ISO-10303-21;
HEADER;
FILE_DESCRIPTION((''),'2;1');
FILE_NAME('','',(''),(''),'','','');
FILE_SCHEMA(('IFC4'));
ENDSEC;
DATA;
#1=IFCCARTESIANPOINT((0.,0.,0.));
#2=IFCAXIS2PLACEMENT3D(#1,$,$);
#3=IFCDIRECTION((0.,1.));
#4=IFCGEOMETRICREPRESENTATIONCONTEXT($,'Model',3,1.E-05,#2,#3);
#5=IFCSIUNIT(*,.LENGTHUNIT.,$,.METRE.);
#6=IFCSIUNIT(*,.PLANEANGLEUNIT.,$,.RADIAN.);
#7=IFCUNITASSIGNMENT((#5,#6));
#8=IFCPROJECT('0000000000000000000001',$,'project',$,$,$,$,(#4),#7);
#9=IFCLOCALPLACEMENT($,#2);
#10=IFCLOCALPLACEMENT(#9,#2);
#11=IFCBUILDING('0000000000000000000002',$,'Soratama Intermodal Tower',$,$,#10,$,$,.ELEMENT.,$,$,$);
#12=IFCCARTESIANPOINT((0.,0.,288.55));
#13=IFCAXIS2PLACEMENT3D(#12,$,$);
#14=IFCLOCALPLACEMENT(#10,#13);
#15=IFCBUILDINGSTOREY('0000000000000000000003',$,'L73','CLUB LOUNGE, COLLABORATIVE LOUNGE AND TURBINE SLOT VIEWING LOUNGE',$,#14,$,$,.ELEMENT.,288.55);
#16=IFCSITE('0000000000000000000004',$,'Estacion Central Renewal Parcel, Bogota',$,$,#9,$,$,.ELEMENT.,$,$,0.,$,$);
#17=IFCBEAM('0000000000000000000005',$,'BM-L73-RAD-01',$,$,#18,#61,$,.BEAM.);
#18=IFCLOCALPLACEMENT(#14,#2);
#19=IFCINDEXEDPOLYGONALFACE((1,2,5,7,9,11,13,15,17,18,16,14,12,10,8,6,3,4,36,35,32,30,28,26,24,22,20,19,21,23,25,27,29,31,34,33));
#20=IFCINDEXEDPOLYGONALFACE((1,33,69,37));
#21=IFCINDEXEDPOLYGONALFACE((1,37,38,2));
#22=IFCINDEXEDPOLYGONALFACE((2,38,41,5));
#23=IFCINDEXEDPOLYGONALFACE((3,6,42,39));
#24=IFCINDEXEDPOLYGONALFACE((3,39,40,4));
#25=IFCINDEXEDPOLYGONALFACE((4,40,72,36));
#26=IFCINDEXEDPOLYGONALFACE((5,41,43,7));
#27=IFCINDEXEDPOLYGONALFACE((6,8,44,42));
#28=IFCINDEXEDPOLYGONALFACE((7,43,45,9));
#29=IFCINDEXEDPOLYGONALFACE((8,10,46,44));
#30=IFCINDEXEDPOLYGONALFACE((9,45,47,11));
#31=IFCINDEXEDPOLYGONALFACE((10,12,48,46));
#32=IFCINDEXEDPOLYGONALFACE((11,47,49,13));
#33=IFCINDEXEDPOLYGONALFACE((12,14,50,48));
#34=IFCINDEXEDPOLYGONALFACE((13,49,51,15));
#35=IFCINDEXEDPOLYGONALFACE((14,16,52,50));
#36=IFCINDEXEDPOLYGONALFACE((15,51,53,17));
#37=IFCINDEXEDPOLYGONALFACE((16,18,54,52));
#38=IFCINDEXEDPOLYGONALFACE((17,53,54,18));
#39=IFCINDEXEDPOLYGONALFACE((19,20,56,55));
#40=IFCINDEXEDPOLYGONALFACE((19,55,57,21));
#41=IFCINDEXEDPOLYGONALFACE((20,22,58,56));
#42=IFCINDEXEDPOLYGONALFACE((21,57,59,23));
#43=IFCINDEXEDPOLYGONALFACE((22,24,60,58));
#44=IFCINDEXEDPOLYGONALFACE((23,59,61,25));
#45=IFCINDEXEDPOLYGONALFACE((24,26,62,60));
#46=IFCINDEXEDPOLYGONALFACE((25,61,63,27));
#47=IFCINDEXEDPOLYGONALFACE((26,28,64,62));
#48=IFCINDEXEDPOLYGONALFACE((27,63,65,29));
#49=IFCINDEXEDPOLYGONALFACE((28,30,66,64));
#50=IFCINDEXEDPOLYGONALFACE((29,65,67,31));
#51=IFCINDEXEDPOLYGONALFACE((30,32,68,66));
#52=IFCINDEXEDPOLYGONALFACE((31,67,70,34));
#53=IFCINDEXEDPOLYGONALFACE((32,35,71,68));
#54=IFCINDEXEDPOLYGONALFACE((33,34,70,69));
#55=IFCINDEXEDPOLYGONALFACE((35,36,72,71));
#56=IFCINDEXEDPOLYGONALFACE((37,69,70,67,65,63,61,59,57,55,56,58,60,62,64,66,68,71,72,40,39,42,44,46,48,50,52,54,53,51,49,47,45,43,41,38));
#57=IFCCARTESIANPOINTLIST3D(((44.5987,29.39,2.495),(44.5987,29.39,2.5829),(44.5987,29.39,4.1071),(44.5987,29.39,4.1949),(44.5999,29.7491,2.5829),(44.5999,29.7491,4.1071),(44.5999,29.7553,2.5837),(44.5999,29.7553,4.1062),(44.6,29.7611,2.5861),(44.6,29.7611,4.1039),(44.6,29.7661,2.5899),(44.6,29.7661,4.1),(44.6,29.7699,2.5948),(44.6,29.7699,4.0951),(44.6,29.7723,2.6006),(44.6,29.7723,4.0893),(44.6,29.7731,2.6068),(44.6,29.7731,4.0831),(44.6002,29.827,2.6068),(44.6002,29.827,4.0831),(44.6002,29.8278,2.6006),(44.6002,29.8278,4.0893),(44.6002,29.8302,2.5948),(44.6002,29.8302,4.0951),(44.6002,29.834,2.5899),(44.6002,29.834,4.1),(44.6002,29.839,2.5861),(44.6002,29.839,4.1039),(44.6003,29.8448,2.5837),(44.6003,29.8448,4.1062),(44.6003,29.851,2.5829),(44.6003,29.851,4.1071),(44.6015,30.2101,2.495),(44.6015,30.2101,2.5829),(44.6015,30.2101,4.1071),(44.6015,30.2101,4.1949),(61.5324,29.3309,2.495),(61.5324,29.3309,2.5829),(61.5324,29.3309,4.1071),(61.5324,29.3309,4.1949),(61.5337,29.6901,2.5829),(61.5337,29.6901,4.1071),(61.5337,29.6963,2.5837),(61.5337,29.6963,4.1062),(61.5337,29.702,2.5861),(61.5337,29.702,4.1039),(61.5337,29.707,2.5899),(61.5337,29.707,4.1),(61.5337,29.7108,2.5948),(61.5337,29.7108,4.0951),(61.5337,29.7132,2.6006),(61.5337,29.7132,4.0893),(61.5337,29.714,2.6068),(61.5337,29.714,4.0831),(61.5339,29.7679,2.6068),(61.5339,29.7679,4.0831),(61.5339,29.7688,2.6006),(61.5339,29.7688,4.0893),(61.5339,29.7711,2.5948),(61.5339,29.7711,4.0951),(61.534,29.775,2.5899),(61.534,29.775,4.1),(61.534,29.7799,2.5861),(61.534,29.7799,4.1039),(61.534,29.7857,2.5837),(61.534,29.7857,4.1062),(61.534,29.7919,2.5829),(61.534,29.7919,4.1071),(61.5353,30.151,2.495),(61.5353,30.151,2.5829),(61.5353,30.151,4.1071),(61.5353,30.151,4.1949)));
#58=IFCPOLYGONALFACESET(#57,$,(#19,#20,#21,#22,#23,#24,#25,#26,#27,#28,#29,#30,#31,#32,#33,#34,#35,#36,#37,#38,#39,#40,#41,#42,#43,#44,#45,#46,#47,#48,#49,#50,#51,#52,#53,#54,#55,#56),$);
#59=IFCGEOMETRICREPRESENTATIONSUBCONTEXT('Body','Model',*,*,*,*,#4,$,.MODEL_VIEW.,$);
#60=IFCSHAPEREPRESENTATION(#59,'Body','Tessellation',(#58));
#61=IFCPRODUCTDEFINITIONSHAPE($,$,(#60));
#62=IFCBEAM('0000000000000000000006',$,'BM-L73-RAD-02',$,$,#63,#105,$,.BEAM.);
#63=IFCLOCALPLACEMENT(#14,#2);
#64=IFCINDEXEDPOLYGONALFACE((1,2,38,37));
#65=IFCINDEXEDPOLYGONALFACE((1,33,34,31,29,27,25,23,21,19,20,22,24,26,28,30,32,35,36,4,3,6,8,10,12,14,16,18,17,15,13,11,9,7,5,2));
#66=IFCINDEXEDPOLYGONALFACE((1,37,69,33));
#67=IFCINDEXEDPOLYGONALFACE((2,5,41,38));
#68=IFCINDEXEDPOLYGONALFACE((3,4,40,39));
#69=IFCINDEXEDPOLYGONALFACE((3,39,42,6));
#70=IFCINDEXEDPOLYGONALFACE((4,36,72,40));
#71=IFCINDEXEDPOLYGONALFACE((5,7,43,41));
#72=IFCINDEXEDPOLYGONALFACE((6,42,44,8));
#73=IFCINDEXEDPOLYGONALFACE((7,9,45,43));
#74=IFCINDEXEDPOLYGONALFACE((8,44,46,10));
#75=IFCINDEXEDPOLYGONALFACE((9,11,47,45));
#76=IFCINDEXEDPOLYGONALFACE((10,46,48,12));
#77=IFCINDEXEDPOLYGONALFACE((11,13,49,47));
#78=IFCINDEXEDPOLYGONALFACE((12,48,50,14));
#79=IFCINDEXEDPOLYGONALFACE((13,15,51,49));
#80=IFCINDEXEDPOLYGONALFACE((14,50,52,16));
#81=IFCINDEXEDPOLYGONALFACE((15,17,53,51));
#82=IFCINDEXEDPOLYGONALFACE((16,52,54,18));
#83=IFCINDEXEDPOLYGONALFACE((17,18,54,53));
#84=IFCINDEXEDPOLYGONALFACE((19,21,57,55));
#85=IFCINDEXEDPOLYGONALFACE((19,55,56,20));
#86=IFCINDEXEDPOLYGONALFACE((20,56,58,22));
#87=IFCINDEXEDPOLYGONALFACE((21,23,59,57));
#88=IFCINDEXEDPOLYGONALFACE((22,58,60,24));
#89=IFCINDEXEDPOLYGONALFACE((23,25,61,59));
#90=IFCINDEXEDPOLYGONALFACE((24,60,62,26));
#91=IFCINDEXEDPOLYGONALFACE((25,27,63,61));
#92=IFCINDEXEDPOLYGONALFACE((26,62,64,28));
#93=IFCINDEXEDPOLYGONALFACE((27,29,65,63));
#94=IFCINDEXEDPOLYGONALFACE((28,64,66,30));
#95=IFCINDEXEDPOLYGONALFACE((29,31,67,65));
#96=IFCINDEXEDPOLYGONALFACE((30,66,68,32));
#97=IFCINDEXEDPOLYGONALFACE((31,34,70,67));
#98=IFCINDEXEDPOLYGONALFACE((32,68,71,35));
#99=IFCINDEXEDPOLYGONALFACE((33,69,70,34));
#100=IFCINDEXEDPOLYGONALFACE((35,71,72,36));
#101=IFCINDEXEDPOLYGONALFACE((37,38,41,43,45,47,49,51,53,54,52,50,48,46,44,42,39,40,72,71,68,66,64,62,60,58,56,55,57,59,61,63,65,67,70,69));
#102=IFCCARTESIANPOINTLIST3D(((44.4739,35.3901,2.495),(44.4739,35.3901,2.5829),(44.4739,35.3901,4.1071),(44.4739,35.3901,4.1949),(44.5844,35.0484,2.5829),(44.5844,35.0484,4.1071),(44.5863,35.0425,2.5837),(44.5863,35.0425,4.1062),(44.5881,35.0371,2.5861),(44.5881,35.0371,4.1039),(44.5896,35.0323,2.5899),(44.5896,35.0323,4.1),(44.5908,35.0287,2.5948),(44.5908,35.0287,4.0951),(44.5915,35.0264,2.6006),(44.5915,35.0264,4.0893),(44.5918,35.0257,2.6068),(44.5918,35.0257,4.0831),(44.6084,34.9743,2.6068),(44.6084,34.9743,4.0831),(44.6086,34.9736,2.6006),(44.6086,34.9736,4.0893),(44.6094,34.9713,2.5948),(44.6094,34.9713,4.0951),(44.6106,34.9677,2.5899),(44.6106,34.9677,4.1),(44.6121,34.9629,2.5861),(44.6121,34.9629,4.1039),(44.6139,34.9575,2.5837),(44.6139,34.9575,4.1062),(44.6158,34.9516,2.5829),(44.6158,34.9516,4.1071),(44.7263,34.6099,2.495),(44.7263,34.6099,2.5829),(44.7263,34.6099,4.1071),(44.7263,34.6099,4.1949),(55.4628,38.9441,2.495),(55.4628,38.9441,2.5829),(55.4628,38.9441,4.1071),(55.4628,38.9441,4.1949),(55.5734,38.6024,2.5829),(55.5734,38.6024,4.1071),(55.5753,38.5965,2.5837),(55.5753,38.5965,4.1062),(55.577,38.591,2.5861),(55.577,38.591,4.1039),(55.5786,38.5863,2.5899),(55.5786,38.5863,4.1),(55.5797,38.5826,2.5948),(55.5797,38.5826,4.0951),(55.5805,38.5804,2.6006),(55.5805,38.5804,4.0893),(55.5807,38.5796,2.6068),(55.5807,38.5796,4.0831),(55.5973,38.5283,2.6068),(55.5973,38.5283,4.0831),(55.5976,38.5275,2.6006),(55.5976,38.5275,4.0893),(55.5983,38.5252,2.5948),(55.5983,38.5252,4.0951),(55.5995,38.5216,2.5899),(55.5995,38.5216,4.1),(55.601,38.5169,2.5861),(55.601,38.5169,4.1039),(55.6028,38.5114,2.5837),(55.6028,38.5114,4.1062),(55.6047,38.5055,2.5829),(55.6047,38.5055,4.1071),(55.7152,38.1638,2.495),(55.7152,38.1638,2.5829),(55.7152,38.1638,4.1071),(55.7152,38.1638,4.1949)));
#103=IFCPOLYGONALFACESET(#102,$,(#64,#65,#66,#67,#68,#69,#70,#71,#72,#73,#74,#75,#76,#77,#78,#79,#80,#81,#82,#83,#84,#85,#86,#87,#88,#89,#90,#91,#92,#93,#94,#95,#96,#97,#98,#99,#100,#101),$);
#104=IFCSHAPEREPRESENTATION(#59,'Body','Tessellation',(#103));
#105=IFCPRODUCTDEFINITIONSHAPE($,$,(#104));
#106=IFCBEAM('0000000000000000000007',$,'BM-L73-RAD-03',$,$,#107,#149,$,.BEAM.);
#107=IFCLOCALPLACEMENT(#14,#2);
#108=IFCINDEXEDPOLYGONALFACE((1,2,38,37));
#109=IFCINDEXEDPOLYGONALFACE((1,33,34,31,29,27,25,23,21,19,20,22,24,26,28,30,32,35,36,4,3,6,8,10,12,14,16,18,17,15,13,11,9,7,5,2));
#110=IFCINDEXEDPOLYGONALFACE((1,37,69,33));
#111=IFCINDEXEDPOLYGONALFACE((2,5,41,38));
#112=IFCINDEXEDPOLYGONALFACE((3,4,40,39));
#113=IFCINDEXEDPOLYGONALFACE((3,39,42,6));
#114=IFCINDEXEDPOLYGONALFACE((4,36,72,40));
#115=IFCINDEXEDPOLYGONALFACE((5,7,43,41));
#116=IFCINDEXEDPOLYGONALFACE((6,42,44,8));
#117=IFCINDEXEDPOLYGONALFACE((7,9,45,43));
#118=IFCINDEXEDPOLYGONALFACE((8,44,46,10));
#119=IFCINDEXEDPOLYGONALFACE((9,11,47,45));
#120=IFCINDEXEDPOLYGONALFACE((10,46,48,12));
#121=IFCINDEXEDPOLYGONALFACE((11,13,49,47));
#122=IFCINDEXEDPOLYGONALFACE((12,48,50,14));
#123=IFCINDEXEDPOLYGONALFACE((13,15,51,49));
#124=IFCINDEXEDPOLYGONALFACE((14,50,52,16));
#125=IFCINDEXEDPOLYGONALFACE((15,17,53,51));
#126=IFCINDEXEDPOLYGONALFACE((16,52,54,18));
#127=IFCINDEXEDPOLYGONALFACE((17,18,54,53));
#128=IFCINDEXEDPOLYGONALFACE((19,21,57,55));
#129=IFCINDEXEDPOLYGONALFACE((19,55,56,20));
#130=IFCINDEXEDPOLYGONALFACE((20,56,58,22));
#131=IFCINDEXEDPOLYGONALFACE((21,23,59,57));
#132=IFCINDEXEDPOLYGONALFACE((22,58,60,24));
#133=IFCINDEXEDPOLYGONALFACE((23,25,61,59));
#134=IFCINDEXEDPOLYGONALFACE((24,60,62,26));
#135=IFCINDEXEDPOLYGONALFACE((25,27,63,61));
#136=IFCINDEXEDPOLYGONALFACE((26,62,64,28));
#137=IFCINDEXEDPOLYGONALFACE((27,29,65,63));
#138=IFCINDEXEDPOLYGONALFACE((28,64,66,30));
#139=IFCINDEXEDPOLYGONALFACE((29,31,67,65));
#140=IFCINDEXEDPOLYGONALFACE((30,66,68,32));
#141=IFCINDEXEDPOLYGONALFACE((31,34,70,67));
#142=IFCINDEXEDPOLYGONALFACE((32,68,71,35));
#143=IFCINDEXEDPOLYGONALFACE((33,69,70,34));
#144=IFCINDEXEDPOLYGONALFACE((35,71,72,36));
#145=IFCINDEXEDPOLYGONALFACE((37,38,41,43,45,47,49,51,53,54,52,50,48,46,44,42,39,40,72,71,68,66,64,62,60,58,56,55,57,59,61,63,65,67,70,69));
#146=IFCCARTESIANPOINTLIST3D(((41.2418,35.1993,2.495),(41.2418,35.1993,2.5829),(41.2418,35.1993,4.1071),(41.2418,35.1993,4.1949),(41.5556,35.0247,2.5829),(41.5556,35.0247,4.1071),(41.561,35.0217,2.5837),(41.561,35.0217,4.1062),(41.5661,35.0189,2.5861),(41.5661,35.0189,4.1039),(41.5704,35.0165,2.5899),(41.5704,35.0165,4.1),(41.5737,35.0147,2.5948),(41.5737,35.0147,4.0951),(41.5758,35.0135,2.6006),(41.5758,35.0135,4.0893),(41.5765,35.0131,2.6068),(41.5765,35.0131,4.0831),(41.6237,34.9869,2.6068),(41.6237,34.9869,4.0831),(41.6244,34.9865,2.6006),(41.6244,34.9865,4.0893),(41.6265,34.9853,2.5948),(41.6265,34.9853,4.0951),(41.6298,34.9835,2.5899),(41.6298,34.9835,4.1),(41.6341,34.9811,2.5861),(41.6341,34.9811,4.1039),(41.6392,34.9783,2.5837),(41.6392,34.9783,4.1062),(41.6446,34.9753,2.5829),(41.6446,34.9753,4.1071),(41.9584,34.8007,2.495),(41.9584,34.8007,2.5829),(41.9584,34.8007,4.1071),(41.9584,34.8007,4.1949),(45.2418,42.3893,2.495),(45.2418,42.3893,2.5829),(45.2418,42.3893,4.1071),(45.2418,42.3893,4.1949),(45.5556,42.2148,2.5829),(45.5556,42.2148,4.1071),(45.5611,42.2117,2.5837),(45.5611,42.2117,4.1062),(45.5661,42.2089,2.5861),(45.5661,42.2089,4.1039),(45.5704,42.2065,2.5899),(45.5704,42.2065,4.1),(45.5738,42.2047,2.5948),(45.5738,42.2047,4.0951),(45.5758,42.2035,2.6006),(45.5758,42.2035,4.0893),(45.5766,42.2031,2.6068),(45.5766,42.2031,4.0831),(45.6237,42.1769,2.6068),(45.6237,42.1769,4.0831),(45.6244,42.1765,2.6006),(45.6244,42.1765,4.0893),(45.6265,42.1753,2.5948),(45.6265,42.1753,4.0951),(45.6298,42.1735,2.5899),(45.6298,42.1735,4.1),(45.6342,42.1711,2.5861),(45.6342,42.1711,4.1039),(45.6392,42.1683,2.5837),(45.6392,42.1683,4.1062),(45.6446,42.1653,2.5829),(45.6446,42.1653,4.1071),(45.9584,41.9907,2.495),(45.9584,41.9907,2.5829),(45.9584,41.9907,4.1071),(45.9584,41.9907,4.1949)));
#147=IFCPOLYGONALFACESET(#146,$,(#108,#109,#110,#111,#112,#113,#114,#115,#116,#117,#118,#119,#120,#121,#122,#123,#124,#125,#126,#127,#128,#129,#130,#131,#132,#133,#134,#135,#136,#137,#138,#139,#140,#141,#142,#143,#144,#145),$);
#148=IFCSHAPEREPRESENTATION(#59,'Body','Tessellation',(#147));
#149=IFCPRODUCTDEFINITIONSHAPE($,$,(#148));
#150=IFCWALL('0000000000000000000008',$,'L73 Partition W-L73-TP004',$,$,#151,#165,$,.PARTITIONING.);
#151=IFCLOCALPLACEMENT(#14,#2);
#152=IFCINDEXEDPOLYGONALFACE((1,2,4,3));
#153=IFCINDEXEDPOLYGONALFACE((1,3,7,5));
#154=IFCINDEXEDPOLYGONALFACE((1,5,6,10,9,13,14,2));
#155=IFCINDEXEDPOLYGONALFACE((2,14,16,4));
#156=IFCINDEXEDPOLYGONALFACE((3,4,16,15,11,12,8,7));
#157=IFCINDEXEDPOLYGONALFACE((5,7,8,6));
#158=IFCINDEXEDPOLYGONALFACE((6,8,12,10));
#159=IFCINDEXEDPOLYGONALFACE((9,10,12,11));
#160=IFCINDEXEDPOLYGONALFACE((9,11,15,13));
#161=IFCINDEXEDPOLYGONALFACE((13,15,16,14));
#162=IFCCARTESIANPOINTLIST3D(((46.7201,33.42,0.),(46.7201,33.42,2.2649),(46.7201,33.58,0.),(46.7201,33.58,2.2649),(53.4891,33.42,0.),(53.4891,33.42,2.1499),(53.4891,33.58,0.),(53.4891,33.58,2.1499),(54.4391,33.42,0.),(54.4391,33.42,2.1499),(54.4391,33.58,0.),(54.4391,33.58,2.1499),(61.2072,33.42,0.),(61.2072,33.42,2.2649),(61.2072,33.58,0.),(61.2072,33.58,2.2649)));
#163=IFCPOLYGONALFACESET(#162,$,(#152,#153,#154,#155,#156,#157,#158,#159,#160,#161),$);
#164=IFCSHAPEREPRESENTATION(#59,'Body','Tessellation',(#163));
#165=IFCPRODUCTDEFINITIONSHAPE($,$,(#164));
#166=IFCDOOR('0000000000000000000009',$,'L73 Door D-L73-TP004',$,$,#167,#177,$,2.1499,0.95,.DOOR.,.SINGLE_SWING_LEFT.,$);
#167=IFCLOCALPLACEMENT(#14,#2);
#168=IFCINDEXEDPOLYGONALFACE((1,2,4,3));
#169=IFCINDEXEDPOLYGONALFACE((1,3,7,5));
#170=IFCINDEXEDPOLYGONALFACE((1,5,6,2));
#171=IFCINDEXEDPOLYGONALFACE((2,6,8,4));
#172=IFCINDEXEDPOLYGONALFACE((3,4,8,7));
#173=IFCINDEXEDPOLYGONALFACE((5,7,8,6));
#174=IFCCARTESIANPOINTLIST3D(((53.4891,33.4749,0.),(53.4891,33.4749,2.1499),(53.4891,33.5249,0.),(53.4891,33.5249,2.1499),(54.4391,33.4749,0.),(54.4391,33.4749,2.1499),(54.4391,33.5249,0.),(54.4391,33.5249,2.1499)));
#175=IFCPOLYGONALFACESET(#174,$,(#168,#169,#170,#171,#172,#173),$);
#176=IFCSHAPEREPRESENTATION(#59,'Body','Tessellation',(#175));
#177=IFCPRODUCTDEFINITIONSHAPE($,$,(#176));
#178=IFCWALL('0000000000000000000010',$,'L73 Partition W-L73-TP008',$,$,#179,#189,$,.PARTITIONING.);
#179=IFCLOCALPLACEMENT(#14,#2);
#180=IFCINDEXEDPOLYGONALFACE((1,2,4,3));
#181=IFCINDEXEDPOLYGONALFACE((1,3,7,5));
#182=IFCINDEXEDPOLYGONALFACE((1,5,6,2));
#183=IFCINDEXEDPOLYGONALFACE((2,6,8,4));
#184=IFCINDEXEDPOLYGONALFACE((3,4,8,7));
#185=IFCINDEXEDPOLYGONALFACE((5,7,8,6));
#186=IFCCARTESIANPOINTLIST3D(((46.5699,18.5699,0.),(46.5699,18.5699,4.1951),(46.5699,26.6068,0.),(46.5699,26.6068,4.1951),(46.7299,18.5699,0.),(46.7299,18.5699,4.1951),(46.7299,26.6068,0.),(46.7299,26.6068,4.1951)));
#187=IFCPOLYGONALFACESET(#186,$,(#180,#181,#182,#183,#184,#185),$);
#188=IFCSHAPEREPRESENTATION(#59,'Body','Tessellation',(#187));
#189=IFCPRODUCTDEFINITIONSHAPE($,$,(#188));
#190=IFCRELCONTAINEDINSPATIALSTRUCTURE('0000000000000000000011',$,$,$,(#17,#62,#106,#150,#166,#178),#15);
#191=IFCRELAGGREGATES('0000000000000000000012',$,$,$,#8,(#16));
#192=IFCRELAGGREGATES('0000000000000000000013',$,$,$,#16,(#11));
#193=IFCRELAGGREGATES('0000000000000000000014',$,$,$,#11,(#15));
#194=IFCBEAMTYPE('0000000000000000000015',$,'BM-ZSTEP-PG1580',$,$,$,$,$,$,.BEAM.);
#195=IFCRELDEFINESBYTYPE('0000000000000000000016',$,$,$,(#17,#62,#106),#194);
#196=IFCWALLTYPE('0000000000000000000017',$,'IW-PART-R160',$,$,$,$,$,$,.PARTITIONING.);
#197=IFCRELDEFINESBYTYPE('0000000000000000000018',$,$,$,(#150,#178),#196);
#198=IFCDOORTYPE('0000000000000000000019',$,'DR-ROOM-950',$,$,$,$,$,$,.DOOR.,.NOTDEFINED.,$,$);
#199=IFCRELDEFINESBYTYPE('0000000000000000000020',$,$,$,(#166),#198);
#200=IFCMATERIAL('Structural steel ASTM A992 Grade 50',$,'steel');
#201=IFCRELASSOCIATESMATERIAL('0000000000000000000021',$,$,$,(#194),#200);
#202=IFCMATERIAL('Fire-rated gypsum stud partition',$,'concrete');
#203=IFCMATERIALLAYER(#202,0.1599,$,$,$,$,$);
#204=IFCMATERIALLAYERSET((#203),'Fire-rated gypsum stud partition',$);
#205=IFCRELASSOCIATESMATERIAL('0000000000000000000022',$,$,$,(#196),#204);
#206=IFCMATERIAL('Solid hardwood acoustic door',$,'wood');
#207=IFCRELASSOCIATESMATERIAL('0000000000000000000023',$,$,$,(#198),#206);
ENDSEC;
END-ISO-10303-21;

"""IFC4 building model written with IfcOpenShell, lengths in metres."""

from ifc_helpers import new_model, si_unit, direction, frame, frame_2d, origin, origin_2d, place, context, subcontext, project, spatial, rectangle, i_section, extrude, material, layer, layer_set, material_profile, profile_set, type_object, element, fill, save


model = new_model("IFC4")

# Units and contexts
model_context = context("Model", 3, precision=1e-05, world=origin(), true_north=direction((0.0, 1.0)))
body_context = subcontext(model_context, "Body", "Model", "MODEL_VIEW")
ifc_project = project(units=[si_unit("LENGTHUNIT", "METRE"), si_unit("PLANEANGLEUNIT", "RADIAN")], contexts=[model_context])

# Site, building, storey
site_placement = place(None, origin())
site = spatial("IfcSite", under=ifc_project, at=site_placement, Name="Estacion Central Renewal Parcel, Bogota", CompositionType="ELEMENT", RefElevation=0.0)
building_placement = place(site_placement, origin())
building = spatial("IfcBuilding", under=site, at=building_placement, Name="Soratama Intermodal Tower", CompositionType="ELEMENT")
storey_placement = place(building_placement, frame((0.0, 0.0, 288.55)))
storey = spatial("IfcBuildingStorey", under=building, at=storey_placement, Name="L73", Description="CLUB LOUNGE, COLLABORATIVE LOUNGE AND TURBINE SLOT VIEWING LOUNGE", CompositionType="ELEMENT", Elevation=288.55)

# Beams
ifc_material_1 = material(Name="Structural steel ASTM A992 Grade 50", Category="steel")
ifc_material_profile_1 = material_profile(ifc_material_1, i_section(OverallWidth=0.8201, OverallDepth=1.7, WebThickness=0.054, FlangeThickness=0.0879, FilletRadius=0.0239, at=origin_2d()), Name="PG1580X800")
ifc_profile_set_1 = profile_set([ifc_material_profile_1], Name="Structural steel ASTM A992 Grade 50")
beam_type_1 = type_object("IfcBeamType", Name="BM-ZSTEP-PG1580", PredefinedType="BEAM", material=ifc_profile_set_1)
beam_1_placement = place(storey_placement, frame((44.6001, 29.8, 3.345), z_axis=(0.999994, -0.003489, 0.0), x_axis=(0.003489, 0.999994, 0.0)))
element("IfcBeam", 1, at=beam_1_placement, inside=storey, type_object=beam_type_1, Name="BM-L73-RAD-01", PredefinedType="BEAM", context=body_context, shape_type="SweptSolid", body=[
    extrude(i_section(OverallWidth=0.8201, OverallDepth=1.7, WebThickness=0.054, FlangeThickness=0.0879, FilletRadius=0.0239, at=origin_2d()), origin(), (0.0, 0.0, 1.0), 16.9338),
])
beam_2_placement = place(storey_placement, frame((44.6001, 35.0, 3.345), z_axis=(0.951478, 0.307717, 0.0), x_axis=(-0.307717, 0.951478, 0.0)))
element("IfcBeam", 2, at=beam_2_placement, inside=storey, type_object=beam_type_1, Name="BM-L73-RAD-02", PredefinedType="BEAM", context=body_context, shape_type="SweptSolid", body=[
    extrude(i_section(OverallWidth=0.8201, OverallDepth=1.7, WebThickness=0.054, FlangeThickness=0.0879, FilletRadius=0.0239, at=origin_2d()), origin(), (0.0, 0.0, 1.0), 11.5493),
])
beam_3_placement = place(storey_placement, frame((41.6001, 35.0, 3.345), z_axis=(0.486162, 0.873869, 0.0), x_axis=(-0.873869, 0.486162, 0.0)))
element("IfcBeam", 3, at=beam_3_placement, inside=storey, type_object=beam_type_1, Name="BM-L73-RAD-03", PredefinedType="BEAM", context=body_context, shape_type="SweptSolid", body=[
    extrude(i_section(OverallWidth=0.8201, OverallDepth=1.7, WebThickness=0.054, FlangeThickness=0.0879, FilletRadius=0.0239, at=origin_2d()), origin(), (0.0, 0.0, 1.0), 8.2278),
])

# Wall, opening, door
ifc_material_2 = material(Name="Fire-rated gypsum stud partition", Category="concrete")
ifc_layer_1 = layer(ifc_material_2, 0.1599)
ifc_layer_set_1 = layer_set([ifc_layer_1], Name="Fire-rated gypsum stud partition")
wall_type_1 = type_object("IfcWallType", Name="IW-PART-R160", PredefinedType="PARTITIONING", material=ifc_layer_set_1)
wall_1_placement = place(storey_placement, frame((46.72, 33.5, 0.0), z_axis=(0.0, 0.0, 1.0), x_axis=(1.0, 0.0, 0.0)))
wall_1 = element("IfcWall", 4, at=wall_1_placement, inside=storey, type_object=wall_type_1, Name="L73 Partition W-L73-TP004", PredefinedType="PARTITIONING", context=body_context, shape_type="SweptSolid", body=[
    extrude(rectangle(XDim=14.4871, YDim=0.1599, at=frame_2d((7.2437, 0.0))), origin(), (0.0, 0.0, 1.0), 2.2649),
])
opening_1_placement = place(wall_1_placement, frame((6.769, 0.0, 0.0)))
opening_1 = element("IfcOpeningElement", 5, at=opening_1_placement, cuts=wall_1, PredefinedType="OPENING", context=body_context, shape_type="SweptSolid", body=[
    extrude(rectangle(XDim=0.95, YDim=2.1499, at=frame_2d((0.4751, 1.075))), frame((0.0, 0.0898, 0.0), z_axis=(0.0, -1.0, 0.0), x_axis=(1.0, 0.0, 0.0)), (0.0, 0.0, 1.0), 0.1799),
])
ifc_material_3 = material(Name="Solid hardwood acoustic door", Category="wood")
door_type_1 = type_object("IfcDoorType", Name="DR-ROOM-950", OperationType="NOTDEFINED", PredefinedType="DOOR", material=ifc_material_3)
door_1_placement = place(opening_1_placement, origin())
door_1 = element("IfcDoor", 6, at=door_1_placement, inside=storey, type_object=door_type_1, Name="L73 Door D-L73-TP004", OperationType="SINGLE_SWING_LEFT", OverallHeight=2.1499, OverallWidth=0.95, PredefinedType="DOOR", context=body_context, shape_type="SweptSolid", body=[
    extrude(rectangle(XDim=0.95, YDim=2.1499, at=frame_2d((0.4751, 1.075))), frame((0.0, 0.0249, 0.0), z_axis=(0.0, -1.0, 0.0), x_axis=(1.0, 0.0, 0.0)), (0.0, 0.0, 1.0), 0.05),
])
fill(opening_1, door_1)

# Wall
wall_2_placement = place(storey_placement, frame((46.6499, 26.6069, 0.0), z_axis=(0.0, 0.0, 1.0), x_axis=(0.0, -1.0, 0.0)))
element("IfcWall", 7, at=wall_2_placement, inside=storey, type_object=wall_type_1, Name="L73 Partition W-L73-TP008", PredefinedType="PARTITIONING", context=body_context, shape_type="SweptSolid", body=[
    extrude(rectangle(XDim=8.0369, YDim=0.1599, at=frame_2d((4.0186, 0.0))), origin(), (0.0, 0.0, 1.0), 4.1951),
])

save(model, "model.ifc")
